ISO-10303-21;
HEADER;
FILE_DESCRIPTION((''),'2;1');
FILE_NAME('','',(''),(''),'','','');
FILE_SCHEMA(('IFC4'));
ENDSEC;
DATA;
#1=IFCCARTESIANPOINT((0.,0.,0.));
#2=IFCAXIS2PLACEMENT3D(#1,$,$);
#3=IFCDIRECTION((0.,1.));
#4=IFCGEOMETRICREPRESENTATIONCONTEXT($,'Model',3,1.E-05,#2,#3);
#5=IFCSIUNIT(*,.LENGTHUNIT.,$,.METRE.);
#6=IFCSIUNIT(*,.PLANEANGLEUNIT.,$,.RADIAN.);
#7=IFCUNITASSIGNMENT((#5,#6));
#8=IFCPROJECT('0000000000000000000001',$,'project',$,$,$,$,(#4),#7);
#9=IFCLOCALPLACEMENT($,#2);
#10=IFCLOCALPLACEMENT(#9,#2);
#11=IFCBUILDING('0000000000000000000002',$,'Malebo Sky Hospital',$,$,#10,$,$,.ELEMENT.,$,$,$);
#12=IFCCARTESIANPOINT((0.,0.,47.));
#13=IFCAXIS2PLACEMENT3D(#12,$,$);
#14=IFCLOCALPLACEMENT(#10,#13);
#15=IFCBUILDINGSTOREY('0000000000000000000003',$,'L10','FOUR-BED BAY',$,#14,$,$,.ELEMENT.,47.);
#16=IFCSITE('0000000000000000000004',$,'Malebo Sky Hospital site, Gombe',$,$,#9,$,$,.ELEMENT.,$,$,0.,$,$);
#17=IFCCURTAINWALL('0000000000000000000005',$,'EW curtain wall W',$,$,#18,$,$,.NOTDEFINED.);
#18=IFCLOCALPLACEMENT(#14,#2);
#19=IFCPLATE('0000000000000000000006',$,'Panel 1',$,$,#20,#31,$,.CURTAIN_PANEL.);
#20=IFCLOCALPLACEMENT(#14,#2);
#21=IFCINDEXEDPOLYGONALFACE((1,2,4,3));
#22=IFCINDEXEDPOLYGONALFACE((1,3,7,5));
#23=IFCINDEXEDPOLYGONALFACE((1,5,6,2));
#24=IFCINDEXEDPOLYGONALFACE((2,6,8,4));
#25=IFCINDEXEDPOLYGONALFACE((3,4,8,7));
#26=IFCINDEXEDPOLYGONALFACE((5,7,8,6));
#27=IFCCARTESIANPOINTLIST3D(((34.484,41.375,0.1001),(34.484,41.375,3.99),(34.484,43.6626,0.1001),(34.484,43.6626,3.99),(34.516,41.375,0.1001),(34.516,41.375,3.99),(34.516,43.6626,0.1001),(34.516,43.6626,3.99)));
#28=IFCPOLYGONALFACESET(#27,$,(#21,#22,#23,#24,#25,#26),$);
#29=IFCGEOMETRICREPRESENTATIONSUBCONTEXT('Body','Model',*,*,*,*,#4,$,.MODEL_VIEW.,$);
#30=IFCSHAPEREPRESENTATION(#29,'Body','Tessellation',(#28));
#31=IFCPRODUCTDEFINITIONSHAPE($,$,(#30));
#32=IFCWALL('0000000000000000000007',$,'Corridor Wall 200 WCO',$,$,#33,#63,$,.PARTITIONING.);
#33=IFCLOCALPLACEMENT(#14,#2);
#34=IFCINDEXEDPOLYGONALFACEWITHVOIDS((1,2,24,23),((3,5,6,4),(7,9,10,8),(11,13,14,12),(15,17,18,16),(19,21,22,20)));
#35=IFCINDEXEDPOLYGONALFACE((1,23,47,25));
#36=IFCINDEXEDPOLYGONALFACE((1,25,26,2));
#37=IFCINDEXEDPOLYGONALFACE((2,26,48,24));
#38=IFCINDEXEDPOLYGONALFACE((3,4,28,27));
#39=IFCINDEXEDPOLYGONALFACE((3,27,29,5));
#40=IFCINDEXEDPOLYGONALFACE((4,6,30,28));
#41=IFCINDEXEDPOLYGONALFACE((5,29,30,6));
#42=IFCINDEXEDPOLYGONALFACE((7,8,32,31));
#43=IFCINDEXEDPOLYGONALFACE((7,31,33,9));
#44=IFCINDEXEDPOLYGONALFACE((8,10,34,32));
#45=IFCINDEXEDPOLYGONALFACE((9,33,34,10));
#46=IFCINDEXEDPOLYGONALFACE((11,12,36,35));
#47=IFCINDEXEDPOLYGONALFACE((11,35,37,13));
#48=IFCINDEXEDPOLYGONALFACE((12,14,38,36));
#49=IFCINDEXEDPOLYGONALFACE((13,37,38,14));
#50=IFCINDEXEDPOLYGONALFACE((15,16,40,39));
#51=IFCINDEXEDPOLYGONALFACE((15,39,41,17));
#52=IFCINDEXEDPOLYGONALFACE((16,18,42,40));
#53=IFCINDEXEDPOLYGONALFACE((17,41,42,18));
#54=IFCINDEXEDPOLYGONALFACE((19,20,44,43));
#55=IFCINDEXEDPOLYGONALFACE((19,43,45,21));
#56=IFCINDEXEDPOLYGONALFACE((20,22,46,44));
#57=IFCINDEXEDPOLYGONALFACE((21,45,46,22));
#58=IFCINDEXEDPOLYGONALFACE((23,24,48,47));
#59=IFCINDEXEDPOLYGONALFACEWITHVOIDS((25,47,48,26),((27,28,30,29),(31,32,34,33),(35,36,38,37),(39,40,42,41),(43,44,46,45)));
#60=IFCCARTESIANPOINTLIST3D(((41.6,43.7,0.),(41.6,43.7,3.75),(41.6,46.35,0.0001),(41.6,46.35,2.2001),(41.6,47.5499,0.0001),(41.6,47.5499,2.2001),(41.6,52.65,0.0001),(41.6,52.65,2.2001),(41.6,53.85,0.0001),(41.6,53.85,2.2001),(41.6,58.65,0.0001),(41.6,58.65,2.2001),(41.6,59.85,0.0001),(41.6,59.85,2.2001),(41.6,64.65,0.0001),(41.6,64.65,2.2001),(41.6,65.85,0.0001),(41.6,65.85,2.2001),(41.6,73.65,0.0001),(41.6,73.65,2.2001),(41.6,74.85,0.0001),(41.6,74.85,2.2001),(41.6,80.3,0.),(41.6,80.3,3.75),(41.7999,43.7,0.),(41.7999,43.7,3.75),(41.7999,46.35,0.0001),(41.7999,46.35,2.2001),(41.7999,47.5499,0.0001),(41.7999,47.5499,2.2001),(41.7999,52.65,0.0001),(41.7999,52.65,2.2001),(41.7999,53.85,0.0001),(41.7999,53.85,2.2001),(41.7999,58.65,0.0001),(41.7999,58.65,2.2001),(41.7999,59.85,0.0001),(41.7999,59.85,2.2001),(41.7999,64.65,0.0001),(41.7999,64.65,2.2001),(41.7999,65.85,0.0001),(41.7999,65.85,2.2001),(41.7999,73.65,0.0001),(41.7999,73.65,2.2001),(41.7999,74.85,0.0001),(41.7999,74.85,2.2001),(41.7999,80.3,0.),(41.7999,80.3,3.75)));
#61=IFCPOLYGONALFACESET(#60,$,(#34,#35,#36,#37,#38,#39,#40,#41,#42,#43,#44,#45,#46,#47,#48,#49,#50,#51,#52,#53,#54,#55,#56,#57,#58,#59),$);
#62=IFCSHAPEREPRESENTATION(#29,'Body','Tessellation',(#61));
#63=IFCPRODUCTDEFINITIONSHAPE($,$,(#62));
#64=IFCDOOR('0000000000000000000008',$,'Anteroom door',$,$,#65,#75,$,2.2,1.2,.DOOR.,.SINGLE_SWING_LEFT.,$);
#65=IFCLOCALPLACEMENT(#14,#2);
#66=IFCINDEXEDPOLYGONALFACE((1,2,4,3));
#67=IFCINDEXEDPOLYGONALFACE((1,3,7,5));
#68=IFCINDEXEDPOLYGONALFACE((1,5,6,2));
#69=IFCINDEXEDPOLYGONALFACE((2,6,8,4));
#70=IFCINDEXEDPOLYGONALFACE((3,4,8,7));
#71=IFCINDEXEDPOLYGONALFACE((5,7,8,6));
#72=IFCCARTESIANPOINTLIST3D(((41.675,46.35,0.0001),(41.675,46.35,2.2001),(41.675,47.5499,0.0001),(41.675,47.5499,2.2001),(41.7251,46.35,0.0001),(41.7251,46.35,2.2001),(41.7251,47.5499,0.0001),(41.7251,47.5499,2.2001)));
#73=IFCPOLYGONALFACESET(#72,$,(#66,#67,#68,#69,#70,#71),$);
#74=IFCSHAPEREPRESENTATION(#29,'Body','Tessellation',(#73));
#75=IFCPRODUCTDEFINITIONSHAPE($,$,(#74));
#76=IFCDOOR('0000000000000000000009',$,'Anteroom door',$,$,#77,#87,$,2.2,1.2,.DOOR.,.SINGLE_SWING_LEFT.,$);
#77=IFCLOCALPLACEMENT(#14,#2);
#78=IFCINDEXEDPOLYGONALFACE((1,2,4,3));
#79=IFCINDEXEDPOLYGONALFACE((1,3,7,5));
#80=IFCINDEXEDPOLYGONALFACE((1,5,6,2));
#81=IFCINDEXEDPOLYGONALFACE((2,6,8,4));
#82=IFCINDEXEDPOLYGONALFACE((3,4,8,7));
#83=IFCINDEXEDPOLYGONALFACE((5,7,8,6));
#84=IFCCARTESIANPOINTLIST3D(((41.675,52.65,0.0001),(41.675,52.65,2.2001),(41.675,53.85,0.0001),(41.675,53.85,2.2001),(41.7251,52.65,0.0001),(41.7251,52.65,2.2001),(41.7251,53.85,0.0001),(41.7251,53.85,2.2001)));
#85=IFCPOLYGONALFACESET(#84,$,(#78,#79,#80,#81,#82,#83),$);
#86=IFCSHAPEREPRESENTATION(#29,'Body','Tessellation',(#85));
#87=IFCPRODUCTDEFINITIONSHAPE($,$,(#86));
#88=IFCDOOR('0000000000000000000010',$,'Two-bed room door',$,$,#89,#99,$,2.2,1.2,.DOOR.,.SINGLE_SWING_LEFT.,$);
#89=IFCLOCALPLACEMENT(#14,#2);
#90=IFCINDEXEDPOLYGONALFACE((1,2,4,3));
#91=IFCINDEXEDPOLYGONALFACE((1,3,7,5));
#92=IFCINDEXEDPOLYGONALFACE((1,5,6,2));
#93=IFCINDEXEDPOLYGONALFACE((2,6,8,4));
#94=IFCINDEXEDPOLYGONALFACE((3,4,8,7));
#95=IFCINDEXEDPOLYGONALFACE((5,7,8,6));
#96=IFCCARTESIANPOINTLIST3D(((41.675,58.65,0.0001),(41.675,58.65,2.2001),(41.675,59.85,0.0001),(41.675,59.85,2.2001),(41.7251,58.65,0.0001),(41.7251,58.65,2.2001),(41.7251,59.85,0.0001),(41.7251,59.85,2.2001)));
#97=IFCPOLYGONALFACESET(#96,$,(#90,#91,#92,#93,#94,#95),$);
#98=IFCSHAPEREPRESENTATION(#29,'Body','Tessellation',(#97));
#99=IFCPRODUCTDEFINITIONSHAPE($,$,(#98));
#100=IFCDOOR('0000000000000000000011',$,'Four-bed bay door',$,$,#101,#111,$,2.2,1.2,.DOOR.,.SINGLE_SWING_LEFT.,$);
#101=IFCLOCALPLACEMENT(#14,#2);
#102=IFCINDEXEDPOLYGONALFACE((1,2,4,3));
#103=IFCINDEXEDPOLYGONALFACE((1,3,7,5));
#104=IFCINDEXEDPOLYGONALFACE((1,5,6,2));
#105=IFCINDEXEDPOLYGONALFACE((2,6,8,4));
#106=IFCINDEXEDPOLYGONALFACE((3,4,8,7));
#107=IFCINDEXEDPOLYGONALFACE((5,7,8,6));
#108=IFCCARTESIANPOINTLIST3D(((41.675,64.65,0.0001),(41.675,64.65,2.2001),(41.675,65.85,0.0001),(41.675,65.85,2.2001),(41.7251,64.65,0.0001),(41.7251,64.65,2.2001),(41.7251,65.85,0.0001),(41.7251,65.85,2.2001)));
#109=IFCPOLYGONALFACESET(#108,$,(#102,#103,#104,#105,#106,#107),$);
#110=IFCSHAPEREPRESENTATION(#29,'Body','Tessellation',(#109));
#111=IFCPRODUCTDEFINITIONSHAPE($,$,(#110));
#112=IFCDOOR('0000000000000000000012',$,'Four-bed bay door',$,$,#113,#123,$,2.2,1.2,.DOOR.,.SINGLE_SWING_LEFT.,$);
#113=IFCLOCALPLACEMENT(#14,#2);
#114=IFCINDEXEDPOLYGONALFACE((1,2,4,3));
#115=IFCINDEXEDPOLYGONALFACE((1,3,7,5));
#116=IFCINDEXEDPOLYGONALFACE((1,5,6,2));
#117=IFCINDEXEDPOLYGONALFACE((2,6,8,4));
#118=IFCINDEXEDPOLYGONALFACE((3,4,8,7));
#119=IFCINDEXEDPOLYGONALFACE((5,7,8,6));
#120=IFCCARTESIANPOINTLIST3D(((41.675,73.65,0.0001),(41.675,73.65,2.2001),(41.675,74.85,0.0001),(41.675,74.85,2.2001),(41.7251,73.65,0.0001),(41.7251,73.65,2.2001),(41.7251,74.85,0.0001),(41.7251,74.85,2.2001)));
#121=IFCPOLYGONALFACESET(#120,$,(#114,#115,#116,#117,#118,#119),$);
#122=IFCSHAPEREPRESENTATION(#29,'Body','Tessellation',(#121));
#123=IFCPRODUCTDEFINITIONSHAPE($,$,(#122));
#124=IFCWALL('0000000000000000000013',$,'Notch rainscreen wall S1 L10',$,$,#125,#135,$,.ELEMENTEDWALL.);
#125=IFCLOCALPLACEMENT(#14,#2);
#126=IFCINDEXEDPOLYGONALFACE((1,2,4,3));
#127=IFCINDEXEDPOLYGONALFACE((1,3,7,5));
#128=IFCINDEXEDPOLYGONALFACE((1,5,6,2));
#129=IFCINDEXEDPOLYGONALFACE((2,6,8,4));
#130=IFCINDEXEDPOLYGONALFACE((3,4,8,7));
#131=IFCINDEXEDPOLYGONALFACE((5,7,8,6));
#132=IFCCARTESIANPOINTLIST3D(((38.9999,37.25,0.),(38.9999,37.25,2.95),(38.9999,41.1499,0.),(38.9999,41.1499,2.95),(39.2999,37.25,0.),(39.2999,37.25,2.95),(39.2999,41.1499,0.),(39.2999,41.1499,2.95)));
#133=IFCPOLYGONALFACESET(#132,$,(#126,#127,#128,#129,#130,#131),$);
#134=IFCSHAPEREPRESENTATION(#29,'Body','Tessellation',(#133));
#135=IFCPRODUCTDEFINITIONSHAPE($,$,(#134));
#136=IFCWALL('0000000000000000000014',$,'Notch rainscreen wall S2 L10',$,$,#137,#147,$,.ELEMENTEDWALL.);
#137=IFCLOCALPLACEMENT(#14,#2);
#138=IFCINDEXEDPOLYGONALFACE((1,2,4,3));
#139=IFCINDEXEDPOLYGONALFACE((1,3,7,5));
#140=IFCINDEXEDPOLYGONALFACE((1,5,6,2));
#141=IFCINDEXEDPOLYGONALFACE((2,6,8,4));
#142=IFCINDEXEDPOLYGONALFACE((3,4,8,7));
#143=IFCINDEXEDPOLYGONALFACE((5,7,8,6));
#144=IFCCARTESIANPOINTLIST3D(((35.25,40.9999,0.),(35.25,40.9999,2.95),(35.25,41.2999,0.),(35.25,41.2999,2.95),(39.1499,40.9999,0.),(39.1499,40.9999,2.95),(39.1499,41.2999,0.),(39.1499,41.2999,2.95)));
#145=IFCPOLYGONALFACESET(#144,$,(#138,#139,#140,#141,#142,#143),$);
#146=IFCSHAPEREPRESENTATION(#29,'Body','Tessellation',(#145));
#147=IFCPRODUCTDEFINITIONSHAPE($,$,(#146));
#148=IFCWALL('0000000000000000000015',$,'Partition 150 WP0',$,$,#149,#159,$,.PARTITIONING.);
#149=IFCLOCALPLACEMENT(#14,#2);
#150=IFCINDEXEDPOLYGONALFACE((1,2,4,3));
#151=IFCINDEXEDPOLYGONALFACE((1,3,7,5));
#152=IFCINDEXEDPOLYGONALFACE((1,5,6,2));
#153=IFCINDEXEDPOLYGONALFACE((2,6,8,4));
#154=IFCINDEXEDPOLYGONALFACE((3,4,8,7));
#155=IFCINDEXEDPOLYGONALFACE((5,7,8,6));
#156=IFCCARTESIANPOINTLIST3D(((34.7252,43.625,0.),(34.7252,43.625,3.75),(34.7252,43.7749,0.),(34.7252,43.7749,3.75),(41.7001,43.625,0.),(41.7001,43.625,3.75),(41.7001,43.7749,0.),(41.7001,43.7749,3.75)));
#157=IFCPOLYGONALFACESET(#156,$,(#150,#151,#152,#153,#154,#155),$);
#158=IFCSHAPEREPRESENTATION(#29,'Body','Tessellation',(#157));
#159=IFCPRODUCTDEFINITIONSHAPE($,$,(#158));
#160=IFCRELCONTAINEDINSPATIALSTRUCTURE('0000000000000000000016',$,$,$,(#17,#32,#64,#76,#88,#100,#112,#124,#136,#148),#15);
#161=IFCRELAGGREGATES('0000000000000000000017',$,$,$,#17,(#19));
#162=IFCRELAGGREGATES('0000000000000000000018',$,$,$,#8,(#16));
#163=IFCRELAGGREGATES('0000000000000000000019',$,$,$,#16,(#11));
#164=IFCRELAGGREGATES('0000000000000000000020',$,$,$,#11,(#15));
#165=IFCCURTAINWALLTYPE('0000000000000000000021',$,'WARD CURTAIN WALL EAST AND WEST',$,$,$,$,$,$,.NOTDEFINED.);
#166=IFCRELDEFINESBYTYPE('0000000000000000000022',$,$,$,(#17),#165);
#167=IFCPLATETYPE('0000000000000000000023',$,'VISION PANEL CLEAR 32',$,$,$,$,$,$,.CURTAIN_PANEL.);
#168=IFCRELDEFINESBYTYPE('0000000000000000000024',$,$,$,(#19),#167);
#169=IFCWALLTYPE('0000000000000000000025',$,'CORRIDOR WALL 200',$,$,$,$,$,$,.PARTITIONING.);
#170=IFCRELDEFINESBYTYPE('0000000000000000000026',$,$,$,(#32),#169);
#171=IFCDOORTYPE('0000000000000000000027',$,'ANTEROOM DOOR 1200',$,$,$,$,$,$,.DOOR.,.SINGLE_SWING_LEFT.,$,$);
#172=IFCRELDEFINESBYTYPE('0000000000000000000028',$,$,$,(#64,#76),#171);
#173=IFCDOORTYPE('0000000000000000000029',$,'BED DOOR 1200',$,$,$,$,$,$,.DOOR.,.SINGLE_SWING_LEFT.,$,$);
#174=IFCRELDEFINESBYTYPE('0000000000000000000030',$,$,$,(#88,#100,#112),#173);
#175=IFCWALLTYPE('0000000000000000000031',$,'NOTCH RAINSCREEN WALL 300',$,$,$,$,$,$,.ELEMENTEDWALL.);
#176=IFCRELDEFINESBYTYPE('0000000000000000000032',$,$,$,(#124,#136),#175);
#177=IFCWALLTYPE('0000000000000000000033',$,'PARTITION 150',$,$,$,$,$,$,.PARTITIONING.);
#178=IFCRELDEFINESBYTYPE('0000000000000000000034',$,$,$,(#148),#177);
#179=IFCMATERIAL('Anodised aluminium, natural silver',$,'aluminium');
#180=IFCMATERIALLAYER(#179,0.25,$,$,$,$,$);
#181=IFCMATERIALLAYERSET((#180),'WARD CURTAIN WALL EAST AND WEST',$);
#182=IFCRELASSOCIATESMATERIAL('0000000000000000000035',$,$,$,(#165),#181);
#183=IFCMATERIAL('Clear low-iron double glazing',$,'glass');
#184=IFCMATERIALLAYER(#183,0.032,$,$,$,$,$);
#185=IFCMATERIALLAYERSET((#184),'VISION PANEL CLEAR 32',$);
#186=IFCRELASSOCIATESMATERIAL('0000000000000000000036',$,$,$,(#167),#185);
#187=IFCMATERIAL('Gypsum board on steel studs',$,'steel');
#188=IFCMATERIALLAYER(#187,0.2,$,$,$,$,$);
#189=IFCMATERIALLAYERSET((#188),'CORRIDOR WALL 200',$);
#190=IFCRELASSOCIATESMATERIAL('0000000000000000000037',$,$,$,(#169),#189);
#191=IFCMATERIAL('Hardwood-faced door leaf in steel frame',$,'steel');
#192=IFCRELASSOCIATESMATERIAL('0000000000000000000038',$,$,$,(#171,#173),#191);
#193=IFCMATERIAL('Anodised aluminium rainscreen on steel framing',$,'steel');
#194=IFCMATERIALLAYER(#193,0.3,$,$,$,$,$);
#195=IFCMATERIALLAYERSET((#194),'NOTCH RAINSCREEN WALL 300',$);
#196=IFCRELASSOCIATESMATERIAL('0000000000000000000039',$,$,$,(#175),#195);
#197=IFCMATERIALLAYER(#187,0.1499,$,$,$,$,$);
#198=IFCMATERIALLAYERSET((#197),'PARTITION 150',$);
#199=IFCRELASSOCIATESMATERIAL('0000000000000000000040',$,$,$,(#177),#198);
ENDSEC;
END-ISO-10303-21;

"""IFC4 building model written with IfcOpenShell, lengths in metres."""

from ifc_helpers import new_model, si_unit, direction, frame, frame_2d, origin, origin_2d, place, context, subcontext, project, spatial, rectangle, extrude, material, layer, layer_set, type_object, element, fill, aggregate, save


model = new_model("IFC4")

# Units and contexts
model_context = context("Model", 3, precision=1e-05, world=origin(), true_north=direction((0.0, 1.0)))
body_context = subcontext(model_context, "Body", "Model", "MODEL_VIEW")
ifc_project = project(units=[si_unit("LENGTHUNIT", "METRE"), si_unit("PLANEANGLEUNIT", "RADIAN")], contexts=[model_context])

# Site, building, storey
site_placement = place(None, origin())
site = spatial("IfcSite", under=ifc_project, at=site_placement, Name="Malebo Sky Hospital site, Gombe", CompositionType="ELEMENT", RefElevation=0.0)
building_placement = place(site_placement, origin())
building = spatial("IfcBuilding", under=site, at=building_placement, Name="Malebo Sky Hospital", CompositionType="ELEMENT")
storey_placement = place(building_placement, frame((0.0, 0.0, 47.0)))
storey = spatial("IfcBuildingStorey", under=building, at=storey_placement, Name="L10", Description="FOUR-BED BAY", CompositionType="ELEMENT", Elevation=47.0)

# Curtain wall
ifc_material_1 = material(Name="Anodised aluminium, natural silver", Category="aluminium")
ifc_layer_1 = layer(ifc_material_1, 0.25)
ifc_layer_set_1 = layer_set([ifc_layer_1], Name="WARD CURTAIN WALL EAST AND WEST")
curtain_wall_type = type_object("IfcCurtainWallType", Name="WARD CURTAIN WALL EAST AND WEST", PredefinedType="NOTDEFINED", material=ifc_layer_set_1)
curtain_wall_placement = place(storey_placement, origin())
curtain_wall = element("IfcCurtainWall", 1, at=curtain_wall_placement, inside=storey, type_object=curtain_wall_type, Name="EW curtain wall W", PredefinedType="NOTDEFINED")

# Plate
ifc_material_2 = material(Name="Clear low-iron double glazing", Category="glass")
ifc_layer_2 = layer(ifc_material_2, 0.032)
ifc_layer_set_2 = layer_set([ifc_layer_2], Name="VISION PANEL CLEAR 32")
plate_type = type_object("IfcPlateType", Name="VISION PANEL CLEAR 32", PredefinedType="CURTAIN_PANEL", material=ifc_layer_set_2)
plate_placement = place(storey_placement, frame((34.5, 42.5188, 0.1001), z_axis=(0.0, 0.0, 1.0), x_axis=(0.0, 1.0, 0.0)))
plate = element("IfcPlate", 2, at=plate_placement, type_object=plate_type, Name="Panel 1", PredefinedType="CURTAIN_PANEL", context=body_context, shape_type="SweptSolid", body=[
    extrude(rectangle(XDim=2.2876, YDim=0.032, at=origin_2d()), origin(), (0.0, 0.0, 1.0), 3.8899),
])
aggregate(curtain_wall, [plate])

# Wall, openings, doors
ifc_material_3 = material(Name="Gypsum board on steel studs", Category="steel")
ifc_layer_3 = layer(ifc_material_3, 0.2)
ifc_layer_set_3 = layer_set([ifc_layer_3], Name="CORRIDOR WALL 200")
wall_type_1 = type_object("IfcWallType", Name="CORRIDOR WALL 200", PredefinedType="PARTITIONING", material=ifc_layer_set_3)
wall_1_placement = place(storey_placement, frame((41.7, 43.7, 0.0), z_axis=(0.0, 0.0, 1.0), x_axis=(0.0, 1.0, 0.0)))
wall_1 = element("IfcWall", 3, at=wall_1_placement, inside=storey, type_object=wall_type_1, Name="Corridor Wall 200 WCO", PredefinedType="PARTITIONING", context=body_context, shape_type="SweptSolid", body=[
    extrude(rectangle(XDim=36.6001, YDim=0.2, at=frame_2d((18.3, 0.0))), origin(), (0.0, 0.0, 1.0), 3.75),
])
opening_1_placement = place(wall_1_placement, frame((2.6499, 0.0, 0.0)))
opening_1 = element("IfcOpeningElement", 4, at=opening_1_placement, cuts=wall_1, PredefinedType="OPENING", context=body_context, shape_type="SweptSolid", body=[
    extrude(rectangle(XDim=1.2, YDim=2.2, at=frame_2d((0.6001, 1.1001))), frame((0.0, 0.1099, 0.0), z_axis=(0.0, -1.0, 0.0), x_axis=(1.0, 0.0, 0.0)), (0.0, 0.0, 1.0), 0.22),
])
opening_2_placement = place(wall_1_placement, frame((8.95, 0.0, 0.0)))
opening_2 = element("IfcOpeningElement", 5, at=opening_2_placement, cuts=wall_1, PredefinedType="OPENING", context=body_context, shape_type="SweptSolid", body=[
    extrude(rectangle(XDim=1.2, YDim=2.2, at=frame_2d((0.6001, 1.1001))), frame((0.0, 0.1099, 0.0), z_axis=(0.0, -1.0, 0.0), x_axis=(1.0, 0.0, 0.0)), (0.0, 0.0, 1.0), 0.22),
])
opening_3_placement = place(wall_1_placement, frame((14.95, 0.0, 0.0)))
opening_3 = element("IfcOpeningElement", 6, at=opening_3_placement, cuts=wall_1, PredefinedType="OPENING", context=body_context, shape_type="SweptSolid", body=[
    extrude(rectangle(XDim=1.2, YDim=2.2, at=frame_2d((0.6001, 1.1001))), frame((0.0, 0.1099, 0.0), z_axis=(0.0, -1.0, 0.0), x_axis=(1.0, 0.0, 0.0)), (0.0, 0.0, 1.0), 0.22),
])
opening_4_placement = place(wall_1_placement, frame((20.95, 0.0, 0.0)))
opening_4 = element("IfcOpeningElement", 7, at=opening_4_placement, cuts=wall_1, PredefinedType="OPENING", context=body_context, shape_type="SweptSolid", body=[
    extrude(rectangle(XDim=1.2, YDim=2.2, at=frame_2d((0.6001, 1.1001))), frame((0.0, 0.1099, 0.0), z_axis=(0.0, -1.0, 0.0), x_axis=(1.0, 0.0, 0.0)), (0.0, 0.0, 1.0), 0.22),
])
opening_5_placement = place(wall_1_placement, frame((29.95, 0.0, 0.0)))
opening_5 = element("IfcOpeningElement", 8, at=opening_5_placement, cuts=wall_1, PredefinedType="OPENING", context=body_context, shape_type="SweptSolid", body=[
    extrude(rectangle(XDim=1.2, YDim=2.2, at=frame_2d((0.6001, 1.1001))), frame((0.0, 0.1099, 0.0), z_axis=(0.0, -1.0, 0.0), x_axis=(1.0, 0.0, 0.0)), (0.0, 0.0, 1.0), 0.22),
])
ifc_material_4 = material(Name="Hardwood-faced door leaf in steel frame", Category="steel")
door_type_1 = type_object("IfcDoorType", Name="ANTEROOM DOOR 1200", OperationType="SINGLE_SWING_LEFT", PredefinedType="DOOR", material=ifc_material_4)
door_1_placement = place(opening_1_placement, origin())
door_1 = element("IfcDoor", 9, at=door_1_placement, inside=storey, type_object=door_type_1, Name="Anteroom door", OperationType="SINGLE_SWING_LEFT", OverallHeight=2.2, OverallWidth=1.2, PredefinedType="DOOR", context=body_context, shape_type="SweptSolid", body=[
    extrude(rectangle(XDim=1.2, YDim=2.2, at=frame_2d((0.6001, 1.1001))), frame((0.0, 0.0249, 0.0), z_axis=(0.0, -1.0, 0.0), x_axis=(1.0, 0.0, 0.0)), (0.0, 0.0, 1.0), 0.05),
])
fill(opening_1, door_1)
door_2_placement = place(opening_2_placement, origin())
door_2 = element("IfcDoor", 10, at=door_2_placement, inside=storey, type_object=door_type_1, Name="Anteroom door", OperationType="SINGLE_SWING_LEFT", OverallHeight=2.2, OverallWidth=1.2, PredefinedType="DOOR", context=body_context, shape_type="SweptSolid", body=[
    extrude(rectangle(XDim=1.2, YDim=2.2, at=frame_2d((0.6001, 1.1001))), frame((0.0, 0.0249, 0.0), z_axis=(0.0, -1.0, 0.0), x_axis=(1.0, 0.0, 0.0)), (0.0, 0.0, 1.0), 0.05),
])
fill(opening_2, door_2)
door_type_2 = type_object("IfcDoorType", Name="BED DOOR 1200", OperationType="SINGLE_SWING_LEFT", PredefinedType="DOOR", material=ifc_material_4)
door_3_placement = place(opening_3_placement, origin())
door_3 = element("IfcDoor", 11, at=door_3_placement, inside=storey, type_object=door_type_2, Name="Two-bed room door", OperationType="SINGLE_SWING_LEFT", OverallHeight=2.2, OverallWidth=1.2, PredefinedType="DOOR", context=body_context, shape_type="SweptSolid", body=[
    extrude(rectangle(XDim=1.2, YDim=2.2, at=frame_2d((0.6001, 1.1001))), frame((0.0, 0.0249, 0.0), z_axis=(0.0, -1.0, 0.0), x_axis=(1.0, 0.0, 0.0)), (0.0, 0.0, 1.0), 0.05),
])
fill(opening_3, door_3)
door_4_placement = place(opening_4_placement, origin())
door_4 = element("IfcDoor", 12, at=door_4_placement, inside=storey, type_object=door_type_2, Name="Four-bed bay door", OperationType="SINGLE_SWING_LEFT", OverallHeight=2.2, OverallWidth=1.2, PredefinedType="DOOR", context=body_context, shape_type="SweptSolid", body=[
    extrude(rectangle(XDim=1.2, YDim=2.2, at=frame_2d((0.6001, 1.1001))), frame((0.0, 0.0249, 0.0), z_axis=(0.0, -1.0, 0.0), x_axis=(1.0, 0.0, 0.0)), (0.0, 0.0, 1.0), 0.05),
])
fill(opening_4, door_4)
door_5_placement = place(opening_5_placement, origin())
door_5 = element("IfcDoor", 13, at=door_5_placement, inside=storey, type_object=door_type_2, Name="Four-bed bay door", OperationType="SINGLE_SWING_LEFT", OverallHeight=2.2, OverallWidth=1.2, PredefinedType="DOOR", context=body_context, shape_type="SweptSolid", body=[
    extrude(rectangle(XDim=1.2, YDim=2.2, at=frame_2d((0.6001, 1.1001))), frame((0.0, 0.0249, 0.0), z_axis=(0.0, -1.0, 0.0), x_axis=(1.0, 0.0, 0.0)), (0.0, 0.0, 1.0), 0.05),
])
fill(opening_5, door_5)

# Walls
ifc_material_5 = material(Name="Anodised aluminium rainscreen on steel framing", Category="steel")
ifc_layer_4 = layer(ifc_material_5, 0.3)
ifc_layer_set_4 = layer_set([ifc_layer_4], Name="NOTCH RAINSCREEN WALL 300")
wall_type_2 = type_object("IfcWallType", Name="NOTCH RAINSCREEN WALL 300", PredefinedType="ELEMENTEDWALL", material=ifc_layer_set_4)
for number, where, z_axis, x_axis, name in (
    (14, (39.1499, 37.25, 0.0), (0.0, 0.0, 1.0), (0.0, 1.0, 0.0), "Notch rainscreen wall S1 L10"),
    (15, (39.1499, 41.1499, 0.0), (0.0, 0.0, 1.0), (-1.0, 0.0, 0.0), "Notch rainscreen wall S2 L10"),
):
    element("IfcWall", number, at=place(storey_placement, frame(where, z_axis=z_axis, x_axis=x_axis)), inside=storey, type_object=wall_type_2, Name=name, PredefinedType="ELEMENTEDWALL", context=body_context, shape_type="SweptSolid", body=[
        extrude(rectangle(XDim=3.8999, YDim=0.3, at=frame_2d((1.95, 0.0))), origin(), (0.0, 0.0, 1.0), 2.95),
    ])
ifc_layer_5 = layer(ifc_material_3, 0.1499)
ifc_layer_set_5 = layer_set([ifc_layer_5], Name="PARTITION 150")
wall_type_3 = type_object("IfcWallType", Name="PARTITION 150", PredefinedType="PARTITIONING", material=ifc_layer_set_5)
wall_2_placement = place(storey_placement, frame((41.7, 43.7, 0.0), z_axis=(0.0, 0.0, 1.0), x_axis=(-1.0, 0.0, 0.0)))
element("IfcWall", 16, at=wall_2_placement, inside=storey, type_object=wall_type_3, Name="Partition 150 WP0", PredefinedType="PARTITIONING", context=body_context, shape_type="SweptSolid", body=[
    extrude(rectangle(XDim=6.9749, YDim=0.1499, at=frame_2d((3.4873, 0.0))), origin(), (0.0, 0.0, 1.0), 3.75),
])

save(model, "model.ifc")
